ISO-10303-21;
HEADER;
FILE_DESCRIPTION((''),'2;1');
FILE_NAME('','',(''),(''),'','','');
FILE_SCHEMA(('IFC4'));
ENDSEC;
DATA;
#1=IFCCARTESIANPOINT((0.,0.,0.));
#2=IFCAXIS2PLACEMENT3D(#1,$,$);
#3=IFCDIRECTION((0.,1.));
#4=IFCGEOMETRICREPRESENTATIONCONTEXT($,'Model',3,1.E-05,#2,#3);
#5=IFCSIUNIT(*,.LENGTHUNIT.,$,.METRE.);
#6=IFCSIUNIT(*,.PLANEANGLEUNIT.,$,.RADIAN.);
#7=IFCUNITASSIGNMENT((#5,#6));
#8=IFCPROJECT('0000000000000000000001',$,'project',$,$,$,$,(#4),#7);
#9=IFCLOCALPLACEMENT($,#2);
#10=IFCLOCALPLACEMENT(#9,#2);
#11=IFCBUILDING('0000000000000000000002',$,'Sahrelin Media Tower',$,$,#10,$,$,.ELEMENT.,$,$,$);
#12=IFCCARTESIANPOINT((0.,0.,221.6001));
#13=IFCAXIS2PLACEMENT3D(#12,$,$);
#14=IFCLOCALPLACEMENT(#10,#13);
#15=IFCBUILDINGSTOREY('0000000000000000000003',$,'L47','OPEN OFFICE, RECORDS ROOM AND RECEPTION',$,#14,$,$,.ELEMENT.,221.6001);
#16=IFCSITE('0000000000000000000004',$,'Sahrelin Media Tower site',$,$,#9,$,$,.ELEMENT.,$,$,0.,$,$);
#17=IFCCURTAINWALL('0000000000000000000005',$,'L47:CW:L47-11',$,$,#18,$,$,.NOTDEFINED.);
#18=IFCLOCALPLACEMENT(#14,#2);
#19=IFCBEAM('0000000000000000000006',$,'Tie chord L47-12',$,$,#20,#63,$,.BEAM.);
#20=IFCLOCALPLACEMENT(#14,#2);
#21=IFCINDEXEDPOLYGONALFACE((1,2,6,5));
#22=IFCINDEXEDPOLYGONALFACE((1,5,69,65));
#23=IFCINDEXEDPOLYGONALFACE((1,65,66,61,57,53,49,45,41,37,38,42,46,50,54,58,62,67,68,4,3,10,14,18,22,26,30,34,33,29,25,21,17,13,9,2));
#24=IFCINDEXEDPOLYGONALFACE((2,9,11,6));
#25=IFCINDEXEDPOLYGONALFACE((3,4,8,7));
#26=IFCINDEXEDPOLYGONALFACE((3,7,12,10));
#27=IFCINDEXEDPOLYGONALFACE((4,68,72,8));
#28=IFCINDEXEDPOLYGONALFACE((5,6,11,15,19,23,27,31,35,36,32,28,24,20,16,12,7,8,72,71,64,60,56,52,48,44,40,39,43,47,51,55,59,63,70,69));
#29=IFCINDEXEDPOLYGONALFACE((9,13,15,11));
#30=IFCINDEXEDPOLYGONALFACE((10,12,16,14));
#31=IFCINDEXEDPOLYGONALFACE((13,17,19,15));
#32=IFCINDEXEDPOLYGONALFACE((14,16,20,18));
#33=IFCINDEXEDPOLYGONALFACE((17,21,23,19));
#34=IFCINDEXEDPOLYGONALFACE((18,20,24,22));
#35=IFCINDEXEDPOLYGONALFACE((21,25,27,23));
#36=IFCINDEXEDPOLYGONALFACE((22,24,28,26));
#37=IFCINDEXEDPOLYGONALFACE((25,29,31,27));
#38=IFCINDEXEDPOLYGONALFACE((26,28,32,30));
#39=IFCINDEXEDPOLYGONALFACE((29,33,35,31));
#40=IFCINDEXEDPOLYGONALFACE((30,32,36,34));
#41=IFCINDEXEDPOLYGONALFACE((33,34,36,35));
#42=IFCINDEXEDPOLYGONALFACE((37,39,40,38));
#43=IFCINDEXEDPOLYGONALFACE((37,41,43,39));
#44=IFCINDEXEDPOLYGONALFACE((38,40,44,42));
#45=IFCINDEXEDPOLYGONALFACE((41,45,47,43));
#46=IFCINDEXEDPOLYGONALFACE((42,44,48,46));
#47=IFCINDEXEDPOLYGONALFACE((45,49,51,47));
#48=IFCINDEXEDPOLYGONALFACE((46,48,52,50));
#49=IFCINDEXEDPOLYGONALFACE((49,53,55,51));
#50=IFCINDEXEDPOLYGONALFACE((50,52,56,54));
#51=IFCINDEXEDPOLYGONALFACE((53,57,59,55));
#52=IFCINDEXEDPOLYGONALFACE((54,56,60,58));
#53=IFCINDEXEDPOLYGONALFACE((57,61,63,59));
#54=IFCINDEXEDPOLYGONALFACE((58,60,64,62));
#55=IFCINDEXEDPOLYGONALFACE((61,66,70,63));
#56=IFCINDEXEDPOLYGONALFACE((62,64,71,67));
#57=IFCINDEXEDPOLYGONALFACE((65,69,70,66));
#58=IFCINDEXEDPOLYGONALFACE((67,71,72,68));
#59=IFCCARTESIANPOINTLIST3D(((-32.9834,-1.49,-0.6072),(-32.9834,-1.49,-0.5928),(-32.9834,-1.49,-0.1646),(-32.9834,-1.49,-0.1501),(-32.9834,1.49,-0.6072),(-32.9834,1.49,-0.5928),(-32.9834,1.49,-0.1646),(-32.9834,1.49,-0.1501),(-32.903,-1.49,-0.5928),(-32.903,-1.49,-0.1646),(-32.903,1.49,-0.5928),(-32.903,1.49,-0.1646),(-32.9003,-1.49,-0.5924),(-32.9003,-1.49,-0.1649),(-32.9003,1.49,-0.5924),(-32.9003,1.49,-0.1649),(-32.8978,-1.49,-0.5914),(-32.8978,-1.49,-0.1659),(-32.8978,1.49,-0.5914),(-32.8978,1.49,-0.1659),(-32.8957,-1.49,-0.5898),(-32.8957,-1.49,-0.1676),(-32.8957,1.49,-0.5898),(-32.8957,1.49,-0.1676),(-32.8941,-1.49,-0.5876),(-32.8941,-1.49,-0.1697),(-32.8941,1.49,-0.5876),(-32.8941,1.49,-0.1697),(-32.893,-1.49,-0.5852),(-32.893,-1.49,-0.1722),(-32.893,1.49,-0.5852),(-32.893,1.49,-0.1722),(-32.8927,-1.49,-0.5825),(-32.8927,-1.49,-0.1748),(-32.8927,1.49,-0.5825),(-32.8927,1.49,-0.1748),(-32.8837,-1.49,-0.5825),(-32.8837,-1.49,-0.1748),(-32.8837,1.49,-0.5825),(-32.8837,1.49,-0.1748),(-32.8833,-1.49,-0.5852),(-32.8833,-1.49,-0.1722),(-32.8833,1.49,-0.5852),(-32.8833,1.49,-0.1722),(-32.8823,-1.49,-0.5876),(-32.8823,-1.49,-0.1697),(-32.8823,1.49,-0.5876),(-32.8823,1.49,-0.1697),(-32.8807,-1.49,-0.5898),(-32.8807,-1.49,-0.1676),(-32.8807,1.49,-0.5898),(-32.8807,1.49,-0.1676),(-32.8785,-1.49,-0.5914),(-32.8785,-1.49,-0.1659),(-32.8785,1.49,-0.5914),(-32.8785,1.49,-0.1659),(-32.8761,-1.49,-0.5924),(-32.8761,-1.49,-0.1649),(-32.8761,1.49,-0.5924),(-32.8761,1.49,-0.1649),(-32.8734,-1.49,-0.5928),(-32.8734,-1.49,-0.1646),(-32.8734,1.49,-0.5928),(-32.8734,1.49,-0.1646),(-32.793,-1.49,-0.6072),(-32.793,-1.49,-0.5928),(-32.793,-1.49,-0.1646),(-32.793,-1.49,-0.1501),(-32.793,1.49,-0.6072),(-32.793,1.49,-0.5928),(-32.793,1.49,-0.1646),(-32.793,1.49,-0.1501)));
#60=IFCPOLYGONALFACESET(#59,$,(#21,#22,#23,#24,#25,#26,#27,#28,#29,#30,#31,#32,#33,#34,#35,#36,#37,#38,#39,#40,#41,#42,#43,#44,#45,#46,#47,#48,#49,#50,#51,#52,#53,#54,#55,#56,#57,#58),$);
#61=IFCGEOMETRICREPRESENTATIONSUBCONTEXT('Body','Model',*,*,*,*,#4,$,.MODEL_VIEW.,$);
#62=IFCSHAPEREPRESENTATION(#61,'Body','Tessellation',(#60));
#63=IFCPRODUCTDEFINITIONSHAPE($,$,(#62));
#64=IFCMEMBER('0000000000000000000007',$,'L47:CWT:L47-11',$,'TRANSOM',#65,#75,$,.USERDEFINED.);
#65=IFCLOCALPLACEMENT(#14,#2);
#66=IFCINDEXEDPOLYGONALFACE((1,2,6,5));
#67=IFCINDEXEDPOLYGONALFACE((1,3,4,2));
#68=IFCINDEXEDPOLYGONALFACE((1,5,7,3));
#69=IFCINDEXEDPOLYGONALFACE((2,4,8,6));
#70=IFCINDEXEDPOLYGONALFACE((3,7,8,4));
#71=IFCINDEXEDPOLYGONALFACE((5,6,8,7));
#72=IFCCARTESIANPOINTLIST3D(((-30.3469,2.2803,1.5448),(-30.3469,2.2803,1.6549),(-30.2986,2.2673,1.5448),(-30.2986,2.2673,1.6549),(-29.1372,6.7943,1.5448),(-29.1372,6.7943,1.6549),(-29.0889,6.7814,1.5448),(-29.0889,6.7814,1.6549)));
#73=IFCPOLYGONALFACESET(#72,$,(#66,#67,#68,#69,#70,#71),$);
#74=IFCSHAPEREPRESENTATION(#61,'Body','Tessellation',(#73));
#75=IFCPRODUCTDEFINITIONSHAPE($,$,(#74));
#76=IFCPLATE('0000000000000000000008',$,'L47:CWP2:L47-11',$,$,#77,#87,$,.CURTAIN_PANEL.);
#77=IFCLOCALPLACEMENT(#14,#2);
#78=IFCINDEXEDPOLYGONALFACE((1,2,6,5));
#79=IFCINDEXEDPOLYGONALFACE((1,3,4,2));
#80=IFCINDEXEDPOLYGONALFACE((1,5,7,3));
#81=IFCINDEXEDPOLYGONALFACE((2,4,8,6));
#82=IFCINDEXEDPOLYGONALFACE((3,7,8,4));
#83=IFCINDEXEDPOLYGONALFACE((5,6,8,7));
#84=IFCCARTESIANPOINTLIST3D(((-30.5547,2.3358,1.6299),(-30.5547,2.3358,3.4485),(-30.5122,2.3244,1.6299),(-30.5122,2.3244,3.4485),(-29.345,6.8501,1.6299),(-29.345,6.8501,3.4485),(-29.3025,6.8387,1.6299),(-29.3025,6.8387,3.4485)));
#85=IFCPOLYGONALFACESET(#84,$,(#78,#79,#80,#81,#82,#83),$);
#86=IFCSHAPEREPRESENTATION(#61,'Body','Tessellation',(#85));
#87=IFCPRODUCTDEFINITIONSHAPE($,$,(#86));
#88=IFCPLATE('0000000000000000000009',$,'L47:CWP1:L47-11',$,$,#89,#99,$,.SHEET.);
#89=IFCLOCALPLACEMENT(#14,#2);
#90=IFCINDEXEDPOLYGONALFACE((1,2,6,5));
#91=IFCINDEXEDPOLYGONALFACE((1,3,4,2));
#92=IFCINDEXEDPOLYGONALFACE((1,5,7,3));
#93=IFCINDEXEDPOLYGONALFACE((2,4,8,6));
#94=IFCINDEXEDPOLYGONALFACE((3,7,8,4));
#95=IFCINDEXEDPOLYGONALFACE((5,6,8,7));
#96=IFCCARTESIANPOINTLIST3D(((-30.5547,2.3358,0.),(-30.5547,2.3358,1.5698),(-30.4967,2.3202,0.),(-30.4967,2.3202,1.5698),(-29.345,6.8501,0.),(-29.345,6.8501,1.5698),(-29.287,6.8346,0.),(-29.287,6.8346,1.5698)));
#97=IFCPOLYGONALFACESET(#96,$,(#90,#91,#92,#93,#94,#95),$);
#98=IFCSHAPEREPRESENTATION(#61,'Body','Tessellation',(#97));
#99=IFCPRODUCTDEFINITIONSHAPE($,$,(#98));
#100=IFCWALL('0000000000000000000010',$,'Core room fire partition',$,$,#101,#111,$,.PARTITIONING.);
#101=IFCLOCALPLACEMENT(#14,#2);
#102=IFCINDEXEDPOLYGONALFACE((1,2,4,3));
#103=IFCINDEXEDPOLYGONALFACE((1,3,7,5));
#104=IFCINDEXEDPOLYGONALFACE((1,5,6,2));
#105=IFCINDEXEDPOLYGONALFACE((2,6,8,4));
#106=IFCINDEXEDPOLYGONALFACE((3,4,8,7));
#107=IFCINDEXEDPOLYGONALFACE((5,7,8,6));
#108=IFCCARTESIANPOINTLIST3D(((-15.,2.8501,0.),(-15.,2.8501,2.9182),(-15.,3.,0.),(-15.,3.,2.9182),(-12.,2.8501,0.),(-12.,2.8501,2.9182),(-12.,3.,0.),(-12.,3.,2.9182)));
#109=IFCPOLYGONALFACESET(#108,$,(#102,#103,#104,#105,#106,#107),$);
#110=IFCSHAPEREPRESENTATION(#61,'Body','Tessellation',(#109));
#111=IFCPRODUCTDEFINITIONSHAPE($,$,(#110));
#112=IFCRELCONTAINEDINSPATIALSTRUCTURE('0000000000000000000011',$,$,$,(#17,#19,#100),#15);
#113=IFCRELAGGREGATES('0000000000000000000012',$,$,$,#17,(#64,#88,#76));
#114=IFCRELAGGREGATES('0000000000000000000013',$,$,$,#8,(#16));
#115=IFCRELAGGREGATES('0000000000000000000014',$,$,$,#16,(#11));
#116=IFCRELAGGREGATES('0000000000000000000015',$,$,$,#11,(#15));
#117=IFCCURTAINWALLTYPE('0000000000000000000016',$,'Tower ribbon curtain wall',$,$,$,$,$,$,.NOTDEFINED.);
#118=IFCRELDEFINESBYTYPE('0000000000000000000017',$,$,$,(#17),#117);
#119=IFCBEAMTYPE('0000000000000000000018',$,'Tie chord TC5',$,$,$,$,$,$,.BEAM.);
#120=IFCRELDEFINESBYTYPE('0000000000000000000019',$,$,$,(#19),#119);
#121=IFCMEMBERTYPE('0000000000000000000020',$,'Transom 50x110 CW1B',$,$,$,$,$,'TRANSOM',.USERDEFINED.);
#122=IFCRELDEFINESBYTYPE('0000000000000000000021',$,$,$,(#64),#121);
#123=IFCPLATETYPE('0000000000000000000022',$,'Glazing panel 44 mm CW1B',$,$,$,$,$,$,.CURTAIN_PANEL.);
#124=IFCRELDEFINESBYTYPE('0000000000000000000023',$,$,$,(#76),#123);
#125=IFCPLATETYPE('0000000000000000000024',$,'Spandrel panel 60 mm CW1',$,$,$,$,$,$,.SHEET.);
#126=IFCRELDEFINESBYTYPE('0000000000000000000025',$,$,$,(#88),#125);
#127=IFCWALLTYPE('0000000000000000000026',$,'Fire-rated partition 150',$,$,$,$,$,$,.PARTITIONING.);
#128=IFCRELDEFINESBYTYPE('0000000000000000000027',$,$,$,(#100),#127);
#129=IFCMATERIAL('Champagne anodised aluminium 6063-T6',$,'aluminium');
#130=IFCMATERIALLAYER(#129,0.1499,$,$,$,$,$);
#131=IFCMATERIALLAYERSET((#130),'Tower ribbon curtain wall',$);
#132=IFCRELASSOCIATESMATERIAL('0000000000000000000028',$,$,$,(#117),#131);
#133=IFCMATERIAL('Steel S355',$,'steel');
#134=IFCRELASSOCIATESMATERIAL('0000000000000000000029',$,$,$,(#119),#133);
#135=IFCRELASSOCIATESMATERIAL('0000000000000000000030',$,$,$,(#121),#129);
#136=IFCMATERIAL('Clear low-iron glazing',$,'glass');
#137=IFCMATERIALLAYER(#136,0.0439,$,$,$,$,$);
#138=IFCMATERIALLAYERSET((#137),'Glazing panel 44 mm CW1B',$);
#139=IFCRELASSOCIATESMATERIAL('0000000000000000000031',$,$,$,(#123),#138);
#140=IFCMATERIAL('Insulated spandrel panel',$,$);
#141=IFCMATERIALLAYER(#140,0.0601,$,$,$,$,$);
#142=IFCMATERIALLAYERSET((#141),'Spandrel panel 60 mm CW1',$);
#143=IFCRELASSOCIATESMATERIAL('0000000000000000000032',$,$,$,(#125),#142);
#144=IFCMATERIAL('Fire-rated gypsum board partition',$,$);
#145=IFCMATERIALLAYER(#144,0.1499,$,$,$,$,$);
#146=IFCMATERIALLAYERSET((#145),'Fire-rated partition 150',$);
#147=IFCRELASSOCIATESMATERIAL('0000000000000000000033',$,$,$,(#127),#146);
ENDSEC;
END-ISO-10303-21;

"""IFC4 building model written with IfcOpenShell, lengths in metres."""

from ifc_helpers import new_model, si_unit, direction, frame, frame_2d, origin, origin_2d, place, context, subcontext, project, spatial, polyline, rectangle, i_section, outline, extrude, material, layer, layer_set, material_profile, profile_set, type_object, element, aggregate, save


model = new_model("IFC4")

# Units and contexts
model_context = context("Model", 3, precision=1e-05, world=origin(), true_north=direction((0.0, 1.0)))
body_context = subcontext(model_context, "Body", "Model", "MODEL_VIEW")
ifc_project = project(units=[si_unit("LENGTHUNIT", "METRE"), si_unit("PLANEANGLEUNIT", "RADIAN")], contexts=[model_context])

# Site, building, storey
site_placement = place(None, origin())
site = spatial("IfcSite", under=ifc_project, at=site_placement, Name="Sahrelin Media Tower site", CompositionType="ELEMENT", RefElevation=0.0)
building_placement = place(site_placement, origin())
building = spatial("IfcBuilding", under=site, at=building_placement, Name="Sahrelin Media Tower", CompositionType="ELEMENT")
storey_placement = place(building_placement, frame((0.0, 0.0, 221.6001)))
storey = spatial("IfcBuildingStorey", under=building, at=storey_placement, Name="L47", Description="OPEN OFFICE, RECORDS ROOM AND RECEPTION", CompositionType="ELEMENT", Elevation=221.6001)

# Shared definitions
ifc_material_1 = material(Name="Steel S355", Category="steel")

# Curtain wall
ifc_material_2 = material(Name="Champagne anodised aluminium 6063-T6", Category="aluminium")
ifc_layer_1 = layer(ifc_material_2, 0.1499)
ifc_layer_set_1 = layer_set([ifc_layer_1], Name="Tower ribbon curtain wall")
curtain_wall_type = type_object("IfcCurtainWallType", Name="Tower ribbon curtain wall", PredefinedType="NOTDEFINED", material=ifc_layer_set_1)
curtain_wall_1_placement = place(storey_placement, frame((-29.9304, 4.5876, 0.0), z_axis=(0.0, 0.0, 1.0), x_axis=(1.0, 0.0, 0.0)))
curtain_wall_1 = element("IfcCurtainWall", 1, at=curtain_wall_1_placement, inside=storey, type_object=curtain_wall_type, Name="L47:CW:L47-11", PredefinedType="NOTDEFINED")

# Beam
ifc_material_profile_1 = material_profile(ifc_material_1, i_section(OverallWidth=0.1904, OverallDepth=0.457, WebThickness=0.009, FlangeThickness=0.0144, FilletRadius=0.0103, at=origin_2d()), Name="UB 457x191x74")
ifc_profile_set_1 = profile_set([ifc_material_profile_1], Name="Steel S355")
beam_type_1 = type_object("IfcBeamType", Name="Tie chord TC5", PredefinedType="BEAM", material=ifc_profile_set_1)
beam_1_placement = place(storey_placement, frame((-32.8882, 1.49, -0.3787), z_axis=(0.0, -1.0, 0.0), x_axis=(1.0, 0.0, 0.0)))
element("IfcBeam", 2, at=beam_1_placement, inside=storey, type_object=beam_type_1, Name="Tie chord L47-12", PredefinedType="BEAM", context=body_context, shape_type="SweptSolid", body=[
    extrude(i_section(OverallWidth=0.1904, OverallDepth=0.457, WebThickness=0.009, FlangeThickness=0.0144, FilletRadius=0.0103, at=origin_2d()), origin(), (0.0, 0.0, 1.0), 2.98),
])

# Member
ifc_material_profile_2 = material_profile(ifc_material_2, rectangle(XDim=0.05, YDim=0.1101, at=origin_2d()), Name="Transom 50x110")
ifc_profile_set_2 = profile_set([ifc_material_profile_2], Name="Champagne anodised aluminium 6063-T6")
member_type_1 = type_object("IfcMemberType", Name="Transom 50x110 CW1B", ElementType="TRANSOM", PredefinedType="USERDEFINED", material=ifc_profile_set_2)
member_1_placement = place(storey_placement, frame((-29.113, 6.7878, 1.5999), z_axis=(-0.258849, -0.965918, 0.0), x_axis=(0.965918, -0.258849, 0.0)))
member_1 = element("IfcMember", 3, at=member_1_placement, type_object=member_type_1, Name="L47:CWT:L47-11", ObjectType="TRANSOM", PredefinedType="USERDEFINED", context=body_context, shape_type="SweptSolid", body=[
    extrude(rectangle(XDim=0.05, YDim=0.1101, at=origin_2d()), origin(), (0.0, 0.0, 1.0), 4.6733),
])

# Plates
ifc_material_3 = material(Name="Clear low-iron glazing", Category="glass")
ifc_layer_2 = layer(ifc_material_3, 0.0439)
ifc_layer_set_2 = layer_set([ifc_layer_2], Name="Glazing panel 44 mm CW1B")
plate_type_1 = type_object("IfcPlateType", Name="Glazing panel 44 mm CW1B", PredefinedType="CURTAIN_PANEL", material=ifc_layer_set_2)
plate_1_placement = place(storey_placement, frame((-29.345, 6.8501, 1.6299), z_axis=(-0.965921, 0.258836, 0.0), x_axis=(-0.258836, -0.965921, 0.0)))
plate_1 = element("IfcPlate", 4, at=plate_1_placement, type_object=plate_type_1, Name="L47:CWP2:L47-11", PredefinedType="CURTAIN_PANEL", context=body_context, shape_type="SweptSolid", body=[
    extrude(outline(polyline([(0.0, 0.0), (4.6736, 0.0), (4.6736, 1.8186), (0.0, 1.8186), (0.0, 0.0)])), origin(), (0.0, 0.0, -1.0), 0.0439),
])
ifc_material_4 = material(Name="Insulated spandrel panel")
ifc_layer_3 = layer(ifc_material_4, 0.0601)
ifc_layer_set_3 = layer_set([ifc_layer_3], Name="Spandrel panel 60 mm CW1")
plate_type_2 = type_object("IfcPlateType", Name="Spandrel panel 60 mm CW1", PredefinedType="SHEET", material=ifc_layer_set_3)
plate_2_placement = place(storey_placement, frame((-29.345, 6.8501, 0.0), z_axis=(-0.965921, 0.258836, 0.0), x_axis=(-0.258836, -0.965921, 0.0)))
plate_2 = element("IfcPlate", 5, at=plate_2_placement, type_object=plate_type_2, Name="L47:CWP1:L47-11", PredefinedType="SHEET", context=body_context, shape_type="SweptSolid", body=[
    extrude(outline(polyline([(0.0, 0.0), (4.6736, 0.0), (4.6736, 1.5698), (0.0, 1.5698), (0.0, 0.0)])), origin(), (0.0, 0.0, -1.0), 0.0601),
])
aggregate(curtain_wall_1, [member_1, plate_2, plate_1])

# Wall
ifc_material_5 = material(Name="Fire-rated gypsum board partition")
ifc_layer_4 = layer(ifc_material_5, 0.1499)
ifc_layer_set_4 = layer_set([ifc_layer_4], Name="Fire-rated partition 150")
wall_type_1 = type_object("IfcWallType", Name="Fire-rated partition 150", PredefinedType="PARTITIONING", material=ifc_layer_set_4)
wall_1_placement = place(storey_placement, frame((-15.0, 2.925, 0.0), z_axis=(0.0, 0.0, 1.0), x_axis=(1.0, 0.0, 0.0)))
element("IfcWall", 6, at=wall_1_placement, inside=storey, type_object=wall_type_1, Name="Core room fire partition", PredefinedType="PARTITIONING", context=body_context, shape_type="SweptSolid", body=[
    extrude(rectangle(XDim=3.0, YDim=0.1499, at=frame_2d((1.5, 0.0))), origin(), (0.0, 0.0, 1.0), 2.9182),
])

save(model, "model.ifc")
